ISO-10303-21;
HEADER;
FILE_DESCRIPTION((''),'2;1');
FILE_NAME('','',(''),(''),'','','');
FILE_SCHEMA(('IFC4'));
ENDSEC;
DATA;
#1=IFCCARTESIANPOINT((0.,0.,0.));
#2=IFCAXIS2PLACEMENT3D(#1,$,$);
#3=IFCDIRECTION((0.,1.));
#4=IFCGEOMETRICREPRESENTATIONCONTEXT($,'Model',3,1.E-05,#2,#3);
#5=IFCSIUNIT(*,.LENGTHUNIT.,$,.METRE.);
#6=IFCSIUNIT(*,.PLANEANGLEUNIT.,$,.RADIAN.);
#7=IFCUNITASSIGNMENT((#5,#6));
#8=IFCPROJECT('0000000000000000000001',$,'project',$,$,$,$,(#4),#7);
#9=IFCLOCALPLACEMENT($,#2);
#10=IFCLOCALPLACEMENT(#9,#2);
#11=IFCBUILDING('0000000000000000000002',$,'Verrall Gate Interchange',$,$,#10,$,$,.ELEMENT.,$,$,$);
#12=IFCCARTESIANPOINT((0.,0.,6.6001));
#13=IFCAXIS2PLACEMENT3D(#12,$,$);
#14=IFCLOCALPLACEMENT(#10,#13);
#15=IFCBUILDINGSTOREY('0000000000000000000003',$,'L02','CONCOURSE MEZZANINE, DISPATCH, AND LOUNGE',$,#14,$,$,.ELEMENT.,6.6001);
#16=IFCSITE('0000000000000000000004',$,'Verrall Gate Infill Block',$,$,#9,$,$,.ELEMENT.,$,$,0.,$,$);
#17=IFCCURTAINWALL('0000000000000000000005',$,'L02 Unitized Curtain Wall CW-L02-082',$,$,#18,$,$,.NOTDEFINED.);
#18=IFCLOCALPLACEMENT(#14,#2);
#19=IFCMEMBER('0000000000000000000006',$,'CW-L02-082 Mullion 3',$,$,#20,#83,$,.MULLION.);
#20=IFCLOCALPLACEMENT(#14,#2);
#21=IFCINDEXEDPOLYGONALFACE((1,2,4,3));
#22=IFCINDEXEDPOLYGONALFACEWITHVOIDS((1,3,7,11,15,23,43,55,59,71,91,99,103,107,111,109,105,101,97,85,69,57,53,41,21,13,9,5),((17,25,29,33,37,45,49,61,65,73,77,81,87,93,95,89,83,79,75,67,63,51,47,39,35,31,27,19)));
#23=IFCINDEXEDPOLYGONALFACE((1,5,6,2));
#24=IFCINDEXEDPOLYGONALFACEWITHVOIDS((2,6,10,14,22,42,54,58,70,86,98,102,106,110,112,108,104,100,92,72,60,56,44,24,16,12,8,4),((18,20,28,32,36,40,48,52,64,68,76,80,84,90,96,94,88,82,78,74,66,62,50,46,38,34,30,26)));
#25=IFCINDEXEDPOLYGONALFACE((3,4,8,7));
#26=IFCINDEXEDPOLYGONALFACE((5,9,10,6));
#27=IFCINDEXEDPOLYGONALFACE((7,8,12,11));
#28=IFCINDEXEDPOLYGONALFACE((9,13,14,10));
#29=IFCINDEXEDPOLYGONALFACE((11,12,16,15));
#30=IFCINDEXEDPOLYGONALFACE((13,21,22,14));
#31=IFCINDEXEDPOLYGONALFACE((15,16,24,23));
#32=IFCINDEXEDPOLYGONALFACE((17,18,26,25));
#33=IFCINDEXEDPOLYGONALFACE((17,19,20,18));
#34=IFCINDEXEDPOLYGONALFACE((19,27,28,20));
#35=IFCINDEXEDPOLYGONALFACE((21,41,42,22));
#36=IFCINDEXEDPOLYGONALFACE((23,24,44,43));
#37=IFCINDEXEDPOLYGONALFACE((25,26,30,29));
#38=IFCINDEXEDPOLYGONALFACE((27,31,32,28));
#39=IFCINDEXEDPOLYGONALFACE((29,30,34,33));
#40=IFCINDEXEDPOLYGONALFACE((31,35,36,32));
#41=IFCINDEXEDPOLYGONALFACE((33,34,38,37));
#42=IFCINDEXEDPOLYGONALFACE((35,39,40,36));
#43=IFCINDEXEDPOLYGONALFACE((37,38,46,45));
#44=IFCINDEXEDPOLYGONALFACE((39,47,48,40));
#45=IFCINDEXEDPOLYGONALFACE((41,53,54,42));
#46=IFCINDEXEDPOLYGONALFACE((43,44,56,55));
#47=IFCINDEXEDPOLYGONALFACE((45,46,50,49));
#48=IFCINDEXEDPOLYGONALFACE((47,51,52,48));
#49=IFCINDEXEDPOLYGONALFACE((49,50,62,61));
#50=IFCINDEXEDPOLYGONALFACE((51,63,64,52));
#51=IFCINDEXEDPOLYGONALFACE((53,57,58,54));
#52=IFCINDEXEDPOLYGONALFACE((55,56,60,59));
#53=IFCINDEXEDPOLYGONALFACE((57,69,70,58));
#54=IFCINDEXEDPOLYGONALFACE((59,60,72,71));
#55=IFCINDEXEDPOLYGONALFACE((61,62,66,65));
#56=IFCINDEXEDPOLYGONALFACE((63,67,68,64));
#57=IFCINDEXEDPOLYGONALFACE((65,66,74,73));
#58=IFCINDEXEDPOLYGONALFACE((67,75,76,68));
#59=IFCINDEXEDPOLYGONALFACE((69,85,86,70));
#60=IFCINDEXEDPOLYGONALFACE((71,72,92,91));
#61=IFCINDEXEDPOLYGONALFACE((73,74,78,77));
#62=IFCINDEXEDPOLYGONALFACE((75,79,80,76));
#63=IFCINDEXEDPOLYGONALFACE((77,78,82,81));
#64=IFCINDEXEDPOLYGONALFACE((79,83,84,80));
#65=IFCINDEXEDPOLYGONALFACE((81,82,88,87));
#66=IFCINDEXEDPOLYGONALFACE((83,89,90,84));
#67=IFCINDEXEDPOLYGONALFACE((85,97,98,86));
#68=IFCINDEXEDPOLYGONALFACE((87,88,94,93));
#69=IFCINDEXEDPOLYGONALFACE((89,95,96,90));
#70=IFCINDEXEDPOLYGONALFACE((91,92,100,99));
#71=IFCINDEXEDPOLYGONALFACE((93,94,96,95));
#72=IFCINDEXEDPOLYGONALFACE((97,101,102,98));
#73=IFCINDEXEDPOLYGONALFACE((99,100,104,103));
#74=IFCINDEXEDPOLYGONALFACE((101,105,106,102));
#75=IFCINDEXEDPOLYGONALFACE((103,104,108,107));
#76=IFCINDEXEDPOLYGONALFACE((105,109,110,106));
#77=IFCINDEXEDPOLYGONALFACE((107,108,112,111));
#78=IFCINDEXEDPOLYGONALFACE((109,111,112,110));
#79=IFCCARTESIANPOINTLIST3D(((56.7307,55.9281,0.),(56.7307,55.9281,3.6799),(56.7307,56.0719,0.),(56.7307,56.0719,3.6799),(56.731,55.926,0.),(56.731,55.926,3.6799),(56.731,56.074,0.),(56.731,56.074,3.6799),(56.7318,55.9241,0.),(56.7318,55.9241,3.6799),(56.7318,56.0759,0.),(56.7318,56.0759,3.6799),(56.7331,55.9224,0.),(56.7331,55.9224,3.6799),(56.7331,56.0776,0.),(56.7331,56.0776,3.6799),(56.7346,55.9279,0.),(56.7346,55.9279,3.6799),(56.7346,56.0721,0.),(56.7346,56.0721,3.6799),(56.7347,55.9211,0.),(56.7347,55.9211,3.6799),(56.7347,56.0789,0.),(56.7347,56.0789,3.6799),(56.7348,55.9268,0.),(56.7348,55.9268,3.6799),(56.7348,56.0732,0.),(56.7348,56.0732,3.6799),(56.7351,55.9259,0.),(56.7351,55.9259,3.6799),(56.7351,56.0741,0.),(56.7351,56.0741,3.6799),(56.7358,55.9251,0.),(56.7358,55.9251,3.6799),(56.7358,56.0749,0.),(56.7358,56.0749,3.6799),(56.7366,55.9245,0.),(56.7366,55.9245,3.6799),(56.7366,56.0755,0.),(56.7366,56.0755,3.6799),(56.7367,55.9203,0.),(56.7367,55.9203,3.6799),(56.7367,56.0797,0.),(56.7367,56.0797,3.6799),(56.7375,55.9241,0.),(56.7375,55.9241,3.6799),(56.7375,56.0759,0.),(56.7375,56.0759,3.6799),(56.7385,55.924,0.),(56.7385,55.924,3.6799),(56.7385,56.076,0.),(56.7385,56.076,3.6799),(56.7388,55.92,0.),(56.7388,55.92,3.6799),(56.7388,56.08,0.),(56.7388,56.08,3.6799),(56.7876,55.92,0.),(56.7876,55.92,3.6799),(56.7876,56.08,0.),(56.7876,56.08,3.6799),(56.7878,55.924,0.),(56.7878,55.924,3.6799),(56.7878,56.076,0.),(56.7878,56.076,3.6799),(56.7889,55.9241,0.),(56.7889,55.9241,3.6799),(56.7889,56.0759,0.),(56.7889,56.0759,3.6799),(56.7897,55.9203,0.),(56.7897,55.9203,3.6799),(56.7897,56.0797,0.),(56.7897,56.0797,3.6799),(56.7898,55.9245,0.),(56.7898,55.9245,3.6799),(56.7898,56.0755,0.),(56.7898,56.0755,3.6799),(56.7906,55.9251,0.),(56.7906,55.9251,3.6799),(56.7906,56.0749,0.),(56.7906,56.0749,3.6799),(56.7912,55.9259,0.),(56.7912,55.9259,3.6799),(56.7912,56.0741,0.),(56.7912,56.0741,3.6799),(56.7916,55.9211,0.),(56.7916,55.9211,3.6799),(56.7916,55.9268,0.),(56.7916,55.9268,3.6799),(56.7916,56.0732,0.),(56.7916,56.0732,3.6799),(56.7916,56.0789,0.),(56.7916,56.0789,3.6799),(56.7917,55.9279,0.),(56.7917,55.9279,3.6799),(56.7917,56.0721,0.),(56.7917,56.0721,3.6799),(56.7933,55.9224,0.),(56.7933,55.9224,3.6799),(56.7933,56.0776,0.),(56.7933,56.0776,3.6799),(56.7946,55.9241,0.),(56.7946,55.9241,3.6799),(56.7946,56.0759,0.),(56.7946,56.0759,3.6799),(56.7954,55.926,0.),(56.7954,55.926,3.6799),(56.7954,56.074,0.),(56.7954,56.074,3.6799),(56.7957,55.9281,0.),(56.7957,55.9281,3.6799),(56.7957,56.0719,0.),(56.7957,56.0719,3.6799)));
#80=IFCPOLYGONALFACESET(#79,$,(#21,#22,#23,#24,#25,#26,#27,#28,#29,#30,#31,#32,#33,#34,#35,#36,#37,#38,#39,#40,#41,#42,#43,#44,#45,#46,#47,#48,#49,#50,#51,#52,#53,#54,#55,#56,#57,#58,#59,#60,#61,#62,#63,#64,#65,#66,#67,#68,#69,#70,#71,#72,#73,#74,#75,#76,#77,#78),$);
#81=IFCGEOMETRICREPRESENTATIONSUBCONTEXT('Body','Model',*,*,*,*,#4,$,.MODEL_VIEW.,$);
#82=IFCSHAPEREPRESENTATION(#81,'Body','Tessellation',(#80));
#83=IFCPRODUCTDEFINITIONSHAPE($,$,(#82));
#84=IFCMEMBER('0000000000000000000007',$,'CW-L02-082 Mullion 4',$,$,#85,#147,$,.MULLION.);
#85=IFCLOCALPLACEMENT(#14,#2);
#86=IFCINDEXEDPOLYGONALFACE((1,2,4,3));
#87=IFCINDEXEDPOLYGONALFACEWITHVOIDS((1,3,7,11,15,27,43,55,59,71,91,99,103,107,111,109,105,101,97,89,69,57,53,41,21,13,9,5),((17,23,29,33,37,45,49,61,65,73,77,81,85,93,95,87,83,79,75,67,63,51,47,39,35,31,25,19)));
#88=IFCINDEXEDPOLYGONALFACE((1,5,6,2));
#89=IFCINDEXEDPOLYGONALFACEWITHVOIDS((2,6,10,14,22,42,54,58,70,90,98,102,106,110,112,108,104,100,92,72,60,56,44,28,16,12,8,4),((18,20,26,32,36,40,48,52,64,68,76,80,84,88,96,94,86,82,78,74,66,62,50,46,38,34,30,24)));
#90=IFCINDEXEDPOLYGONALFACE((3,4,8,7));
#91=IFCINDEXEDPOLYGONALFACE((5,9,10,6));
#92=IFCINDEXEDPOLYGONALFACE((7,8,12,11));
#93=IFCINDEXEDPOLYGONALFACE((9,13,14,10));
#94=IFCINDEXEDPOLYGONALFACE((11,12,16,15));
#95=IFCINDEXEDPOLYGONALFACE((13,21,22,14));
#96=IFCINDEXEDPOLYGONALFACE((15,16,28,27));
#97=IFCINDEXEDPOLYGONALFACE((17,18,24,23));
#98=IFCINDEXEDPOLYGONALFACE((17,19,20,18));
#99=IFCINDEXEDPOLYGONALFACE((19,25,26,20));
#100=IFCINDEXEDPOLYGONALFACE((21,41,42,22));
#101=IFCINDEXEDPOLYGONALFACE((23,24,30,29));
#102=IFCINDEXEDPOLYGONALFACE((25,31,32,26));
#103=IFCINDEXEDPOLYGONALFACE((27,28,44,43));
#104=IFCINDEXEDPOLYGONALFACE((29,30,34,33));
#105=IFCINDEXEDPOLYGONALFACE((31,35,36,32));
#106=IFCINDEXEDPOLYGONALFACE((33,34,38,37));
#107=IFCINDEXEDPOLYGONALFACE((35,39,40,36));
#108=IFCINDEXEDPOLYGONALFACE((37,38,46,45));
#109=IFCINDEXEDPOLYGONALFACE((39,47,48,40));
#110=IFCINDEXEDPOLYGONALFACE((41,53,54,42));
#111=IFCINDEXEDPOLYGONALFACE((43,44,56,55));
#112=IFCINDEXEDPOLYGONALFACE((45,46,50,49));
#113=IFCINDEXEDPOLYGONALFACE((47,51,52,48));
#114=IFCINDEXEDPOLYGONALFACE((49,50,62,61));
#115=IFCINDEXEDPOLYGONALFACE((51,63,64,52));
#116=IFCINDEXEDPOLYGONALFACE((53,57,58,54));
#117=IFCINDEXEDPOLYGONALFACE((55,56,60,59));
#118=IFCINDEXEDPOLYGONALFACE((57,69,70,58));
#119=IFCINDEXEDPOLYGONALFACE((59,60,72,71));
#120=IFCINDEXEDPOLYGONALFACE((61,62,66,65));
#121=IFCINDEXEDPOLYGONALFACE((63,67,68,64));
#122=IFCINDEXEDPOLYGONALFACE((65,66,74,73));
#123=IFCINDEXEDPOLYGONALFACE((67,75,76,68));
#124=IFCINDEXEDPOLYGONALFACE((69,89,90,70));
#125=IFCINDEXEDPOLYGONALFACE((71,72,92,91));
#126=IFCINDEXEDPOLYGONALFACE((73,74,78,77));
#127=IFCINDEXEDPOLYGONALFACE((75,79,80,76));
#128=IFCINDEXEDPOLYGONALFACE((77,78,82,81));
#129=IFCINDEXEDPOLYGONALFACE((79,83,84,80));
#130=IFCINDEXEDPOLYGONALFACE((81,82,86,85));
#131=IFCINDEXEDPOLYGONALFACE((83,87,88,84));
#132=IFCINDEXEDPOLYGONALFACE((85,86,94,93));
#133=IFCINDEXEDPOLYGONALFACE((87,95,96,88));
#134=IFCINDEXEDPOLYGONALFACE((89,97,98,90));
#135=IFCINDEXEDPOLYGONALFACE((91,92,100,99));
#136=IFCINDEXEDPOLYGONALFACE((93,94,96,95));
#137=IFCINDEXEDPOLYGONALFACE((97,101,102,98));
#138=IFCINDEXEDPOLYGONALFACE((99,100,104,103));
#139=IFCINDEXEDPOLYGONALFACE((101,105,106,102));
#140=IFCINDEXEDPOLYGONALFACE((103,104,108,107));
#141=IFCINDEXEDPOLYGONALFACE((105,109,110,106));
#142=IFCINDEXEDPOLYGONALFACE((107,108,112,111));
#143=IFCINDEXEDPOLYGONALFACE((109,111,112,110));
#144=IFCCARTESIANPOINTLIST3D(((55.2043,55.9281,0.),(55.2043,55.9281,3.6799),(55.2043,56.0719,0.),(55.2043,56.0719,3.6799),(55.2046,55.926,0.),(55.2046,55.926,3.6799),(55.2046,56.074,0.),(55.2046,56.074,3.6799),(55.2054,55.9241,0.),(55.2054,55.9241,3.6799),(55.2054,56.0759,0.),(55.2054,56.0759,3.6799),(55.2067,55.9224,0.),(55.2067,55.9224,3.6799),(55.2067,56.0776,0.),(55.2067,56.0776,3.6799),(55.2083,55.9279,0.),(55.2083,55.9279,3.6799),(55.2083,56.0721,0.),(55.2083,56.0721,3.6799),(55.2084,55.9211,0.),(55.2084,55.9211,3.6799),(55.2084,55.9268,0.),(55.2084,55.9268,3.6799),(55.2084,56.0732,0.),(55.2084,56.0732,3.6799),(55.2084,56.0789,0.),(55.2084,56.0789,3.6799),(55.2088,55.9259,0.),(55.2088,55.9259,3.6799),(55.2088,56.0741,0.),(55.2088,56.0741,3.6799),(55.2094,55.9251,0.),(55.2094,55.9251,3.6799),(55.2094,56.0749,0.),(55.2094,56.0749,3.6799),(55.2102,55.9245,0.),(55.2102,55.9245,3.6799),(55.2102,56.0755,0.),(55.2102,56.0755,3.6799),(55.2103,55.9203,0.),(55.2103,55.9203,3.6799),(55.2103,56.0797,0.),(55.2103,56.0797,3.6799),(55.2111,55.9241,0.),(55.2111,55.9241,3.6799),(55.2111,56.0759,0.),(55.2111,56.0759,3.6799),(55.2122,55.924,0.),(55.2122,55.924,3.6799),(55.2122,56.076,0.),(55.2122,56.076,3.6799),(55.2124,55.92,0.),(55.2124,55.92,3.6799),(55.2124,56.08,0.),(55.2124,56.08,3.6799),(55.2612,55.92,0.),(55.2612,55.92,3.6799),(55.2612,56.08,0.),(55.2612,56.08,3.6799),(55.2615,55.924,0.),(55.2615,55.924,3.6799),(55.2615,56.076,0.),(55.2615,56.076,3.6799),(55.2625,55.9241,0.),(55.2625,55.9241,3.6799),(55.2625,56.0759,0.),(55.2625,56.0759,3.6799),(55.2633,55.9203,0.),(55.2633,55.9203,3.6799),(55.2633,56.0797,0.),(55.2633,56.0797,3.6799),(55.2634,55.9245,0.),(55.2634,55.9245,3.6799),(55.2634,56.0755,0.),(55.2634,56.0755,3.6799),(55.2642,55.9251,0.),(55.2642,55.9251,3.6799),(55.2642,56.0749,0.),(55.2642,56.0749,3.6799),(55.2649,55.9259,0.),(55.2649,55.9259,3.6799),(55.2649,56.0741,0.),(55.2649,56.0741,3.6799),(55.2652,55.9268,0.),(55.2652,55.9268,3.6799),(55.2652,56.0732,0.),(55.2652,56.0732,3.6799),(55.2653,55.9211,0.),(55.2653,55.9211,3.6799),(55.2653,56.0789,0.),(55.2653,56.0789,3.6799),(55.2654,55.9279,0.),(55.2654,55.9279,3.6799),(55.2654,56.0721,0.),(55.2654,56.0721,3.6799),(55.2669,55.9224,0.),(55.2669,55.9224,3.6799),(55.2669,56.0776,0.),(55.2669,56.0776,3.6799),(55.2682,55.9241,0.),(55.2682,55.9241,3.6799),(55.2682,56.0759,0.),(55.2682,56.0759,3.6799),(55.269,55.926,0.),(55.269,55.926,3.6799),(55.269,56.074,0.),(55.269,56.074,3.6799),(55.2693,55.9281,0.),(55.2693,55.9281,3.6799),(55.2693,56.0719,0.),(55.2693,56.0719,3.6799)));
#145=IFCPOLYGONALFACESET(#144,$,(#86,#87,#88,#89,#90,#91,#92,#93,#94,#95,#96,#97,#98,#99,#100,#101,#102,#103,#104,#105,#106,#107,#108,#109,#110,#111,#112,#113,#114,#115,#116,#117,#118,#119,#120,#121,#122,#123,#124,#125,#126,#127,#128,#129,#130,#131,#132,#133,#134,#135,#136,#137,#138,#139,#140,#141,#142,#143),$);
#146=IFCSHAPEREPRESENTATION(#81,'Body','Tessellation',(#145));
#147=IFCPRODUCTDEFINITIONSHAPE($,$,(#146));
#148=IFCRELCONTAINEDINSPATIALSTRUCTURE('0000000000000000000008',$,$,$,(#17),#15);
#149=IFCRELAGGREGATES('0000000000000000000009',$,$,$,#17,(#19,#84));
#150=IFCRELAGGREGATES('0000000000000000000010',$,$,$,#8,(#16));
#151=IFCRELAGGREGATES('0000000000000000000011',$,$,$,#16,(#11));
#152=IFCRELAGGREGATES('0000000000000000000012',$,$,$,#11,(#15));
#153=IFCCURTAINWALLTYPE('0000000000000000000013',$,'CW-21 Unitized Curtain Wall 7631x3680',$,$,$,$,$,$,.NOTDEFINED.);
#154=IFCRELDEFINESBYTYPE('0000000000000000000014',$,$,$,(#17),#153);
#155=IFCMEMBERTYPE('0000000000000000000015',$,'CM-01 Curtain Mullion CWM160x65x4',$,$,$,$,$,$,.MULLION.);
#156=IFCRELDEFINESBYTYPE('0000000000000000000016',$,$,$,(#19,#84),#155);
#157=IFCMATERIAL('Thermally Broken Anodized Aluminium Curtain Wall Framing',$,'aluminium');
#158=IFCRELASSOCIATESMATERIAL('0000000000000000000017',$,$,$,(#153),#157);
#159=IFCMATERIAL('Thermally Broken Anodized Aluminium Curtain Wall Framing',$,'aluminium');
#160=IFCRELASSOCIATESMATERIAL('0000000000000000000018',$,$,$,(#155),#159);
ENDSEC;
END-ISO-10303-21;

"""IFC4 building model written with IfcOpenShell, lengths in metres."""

from ifc_helpers import new_model, si_unit, direction, frame, origin, origin_2d, place, context, subcontext, project, spatial, hollow_rectangle, extrude, material, material_profile, profile_set, type_object, element, aggregate, save


model = new_model("IFC4")

# Units and contexts
model_context = context("Model", 3, precision=1e-05, world=origin(), true_north=direction((0.0, 1.0)))
body_context = subcontext(model_context, "Body", "Model", "MODEL_VIEW")
ifc_project = project(units=[si_unit("LENGTHUNIT", "METRE"), si_unit("PLANEANGLEUNIT", "RADIAN")], contexts=[model_context])

# Site, building, storey
site_placement = place(None, origin())
site = spatial("IfcSite", under=ifc_project, at=site_placement, Name="Verrall Gate Infill Block", CompositionType="ELEMENT", RefElevation=0.0)
building_placement = place(site_placement, origin())
building = spatial("IfcBuilding", under=site, at=building_placement, Name="Verrall Gate Interchange", CompositionType="ELEMENT")
storey_placement = place(building_placement, frame((0.0, 0.0, 6.6001)))
storey = spatial("IfcBuildingStorey", under=building, at=storey_placement, Name="L02", Description="CONCOURSE MEZZANINE, DISPATCH, AND LOUNGE", CompositionType="ELEMENT", Elevation=6.6001)

# Curtain wall, members
ifc_material_1 = material(Name="Thermally Broken Anodized Aluminium Curtain Wall Framing", Category="aluminium")
curtain_wall_type = type_object("IfcCurtainWallType", Name="CW-21 Unitized Curtain Wall 7631x3680", PredefinedType="NOTDEFINED", material=ifc_material_1)
curtain_wall_1_placement = place(storey_placement, origin())
curtain_wall_1 = element("IfcCurtainWall", 1, at=curtain_wall_1_placement, inside=storey, type_object=curtain_wall_type, Name="L02 Unitized Curtain Wall CW-L02-082", PredefinedType="NOTDEFINED")
ifc_material_2 = material(Name="Thermally Broken Anodized Aluminium Curtain Wall Framing", Category="aluminium")
ifc_material_profile_1 = material_profile(ifc_material_2, hollow_rectangle(XDim=0.0649, YDim=0.1599, WallThickness=0.0039, InnerFilletRadius=0.0039, OuterFilletRadius=0.0081, at=origin_2d()), Name="CWM160x65x4")
ifc_profile_set_1 = profile_set([ifc_material_profile_1], Name="Thermally Broken Anodized Aluminium Curtain Wall Framing")
member_type_1 = type_object("IfcMemberType", Name="CM-01 Curtain Mullion CWM160x65x4", PredefinedType="MULLION", material=ifc_profile_set_1)
member_1_placement = place(storey_placement, frame((56.7632, 56.0, 0.0), z_axis=(0.0, 0.0, 1.0), x_axis=(-1.0, 0.0, 0.0)))
member_1 = element("IfcMember", 2, at=member_1_placement, type_object=member_type_1, Name="CW-L02-082 Mullion 3", PredefinedType="MULLION", context=body_context, shape_type="SweptSolid", body=[
    extrude(hollow_rectangle(XDim=0.0649, YDim=0.1599, WallThickness=0.0039, InnerFilletRadius=0.0039, OuterFilletRadius=0.0081, at=origin_2d()), origin(), (0.0, 0.0, 1.0), 3.6799),
])
member_2_placement = place(storey_placement, frame((55.2368, 56.0, 0.0), z_axis=(0.0, 0.0, 1.0), x_axis=(-1.0, 0.0, 0.0)))
member_2 = element("IfcMember", 3, at=member_2_placement, type_object=member_type_1, Name="CW-L02-082 Mullion 4", PredefinedType="MULLION", context=body_context, shape_type="SweptSolid", body=[
    extrude(hollow_rectangle(XDim=0.0649, YDim=0.1599, WallThickness=0.0039, InnerFilletRadius=0.0039, OuterFilletRadius=0.0081, at=origin_2d()), origin(), (0.0, 0.0, 1.0), 3.6799),
])

aggregate(curtain_wall_1, [member_1, member_2])

save(model, "model.ifc")
